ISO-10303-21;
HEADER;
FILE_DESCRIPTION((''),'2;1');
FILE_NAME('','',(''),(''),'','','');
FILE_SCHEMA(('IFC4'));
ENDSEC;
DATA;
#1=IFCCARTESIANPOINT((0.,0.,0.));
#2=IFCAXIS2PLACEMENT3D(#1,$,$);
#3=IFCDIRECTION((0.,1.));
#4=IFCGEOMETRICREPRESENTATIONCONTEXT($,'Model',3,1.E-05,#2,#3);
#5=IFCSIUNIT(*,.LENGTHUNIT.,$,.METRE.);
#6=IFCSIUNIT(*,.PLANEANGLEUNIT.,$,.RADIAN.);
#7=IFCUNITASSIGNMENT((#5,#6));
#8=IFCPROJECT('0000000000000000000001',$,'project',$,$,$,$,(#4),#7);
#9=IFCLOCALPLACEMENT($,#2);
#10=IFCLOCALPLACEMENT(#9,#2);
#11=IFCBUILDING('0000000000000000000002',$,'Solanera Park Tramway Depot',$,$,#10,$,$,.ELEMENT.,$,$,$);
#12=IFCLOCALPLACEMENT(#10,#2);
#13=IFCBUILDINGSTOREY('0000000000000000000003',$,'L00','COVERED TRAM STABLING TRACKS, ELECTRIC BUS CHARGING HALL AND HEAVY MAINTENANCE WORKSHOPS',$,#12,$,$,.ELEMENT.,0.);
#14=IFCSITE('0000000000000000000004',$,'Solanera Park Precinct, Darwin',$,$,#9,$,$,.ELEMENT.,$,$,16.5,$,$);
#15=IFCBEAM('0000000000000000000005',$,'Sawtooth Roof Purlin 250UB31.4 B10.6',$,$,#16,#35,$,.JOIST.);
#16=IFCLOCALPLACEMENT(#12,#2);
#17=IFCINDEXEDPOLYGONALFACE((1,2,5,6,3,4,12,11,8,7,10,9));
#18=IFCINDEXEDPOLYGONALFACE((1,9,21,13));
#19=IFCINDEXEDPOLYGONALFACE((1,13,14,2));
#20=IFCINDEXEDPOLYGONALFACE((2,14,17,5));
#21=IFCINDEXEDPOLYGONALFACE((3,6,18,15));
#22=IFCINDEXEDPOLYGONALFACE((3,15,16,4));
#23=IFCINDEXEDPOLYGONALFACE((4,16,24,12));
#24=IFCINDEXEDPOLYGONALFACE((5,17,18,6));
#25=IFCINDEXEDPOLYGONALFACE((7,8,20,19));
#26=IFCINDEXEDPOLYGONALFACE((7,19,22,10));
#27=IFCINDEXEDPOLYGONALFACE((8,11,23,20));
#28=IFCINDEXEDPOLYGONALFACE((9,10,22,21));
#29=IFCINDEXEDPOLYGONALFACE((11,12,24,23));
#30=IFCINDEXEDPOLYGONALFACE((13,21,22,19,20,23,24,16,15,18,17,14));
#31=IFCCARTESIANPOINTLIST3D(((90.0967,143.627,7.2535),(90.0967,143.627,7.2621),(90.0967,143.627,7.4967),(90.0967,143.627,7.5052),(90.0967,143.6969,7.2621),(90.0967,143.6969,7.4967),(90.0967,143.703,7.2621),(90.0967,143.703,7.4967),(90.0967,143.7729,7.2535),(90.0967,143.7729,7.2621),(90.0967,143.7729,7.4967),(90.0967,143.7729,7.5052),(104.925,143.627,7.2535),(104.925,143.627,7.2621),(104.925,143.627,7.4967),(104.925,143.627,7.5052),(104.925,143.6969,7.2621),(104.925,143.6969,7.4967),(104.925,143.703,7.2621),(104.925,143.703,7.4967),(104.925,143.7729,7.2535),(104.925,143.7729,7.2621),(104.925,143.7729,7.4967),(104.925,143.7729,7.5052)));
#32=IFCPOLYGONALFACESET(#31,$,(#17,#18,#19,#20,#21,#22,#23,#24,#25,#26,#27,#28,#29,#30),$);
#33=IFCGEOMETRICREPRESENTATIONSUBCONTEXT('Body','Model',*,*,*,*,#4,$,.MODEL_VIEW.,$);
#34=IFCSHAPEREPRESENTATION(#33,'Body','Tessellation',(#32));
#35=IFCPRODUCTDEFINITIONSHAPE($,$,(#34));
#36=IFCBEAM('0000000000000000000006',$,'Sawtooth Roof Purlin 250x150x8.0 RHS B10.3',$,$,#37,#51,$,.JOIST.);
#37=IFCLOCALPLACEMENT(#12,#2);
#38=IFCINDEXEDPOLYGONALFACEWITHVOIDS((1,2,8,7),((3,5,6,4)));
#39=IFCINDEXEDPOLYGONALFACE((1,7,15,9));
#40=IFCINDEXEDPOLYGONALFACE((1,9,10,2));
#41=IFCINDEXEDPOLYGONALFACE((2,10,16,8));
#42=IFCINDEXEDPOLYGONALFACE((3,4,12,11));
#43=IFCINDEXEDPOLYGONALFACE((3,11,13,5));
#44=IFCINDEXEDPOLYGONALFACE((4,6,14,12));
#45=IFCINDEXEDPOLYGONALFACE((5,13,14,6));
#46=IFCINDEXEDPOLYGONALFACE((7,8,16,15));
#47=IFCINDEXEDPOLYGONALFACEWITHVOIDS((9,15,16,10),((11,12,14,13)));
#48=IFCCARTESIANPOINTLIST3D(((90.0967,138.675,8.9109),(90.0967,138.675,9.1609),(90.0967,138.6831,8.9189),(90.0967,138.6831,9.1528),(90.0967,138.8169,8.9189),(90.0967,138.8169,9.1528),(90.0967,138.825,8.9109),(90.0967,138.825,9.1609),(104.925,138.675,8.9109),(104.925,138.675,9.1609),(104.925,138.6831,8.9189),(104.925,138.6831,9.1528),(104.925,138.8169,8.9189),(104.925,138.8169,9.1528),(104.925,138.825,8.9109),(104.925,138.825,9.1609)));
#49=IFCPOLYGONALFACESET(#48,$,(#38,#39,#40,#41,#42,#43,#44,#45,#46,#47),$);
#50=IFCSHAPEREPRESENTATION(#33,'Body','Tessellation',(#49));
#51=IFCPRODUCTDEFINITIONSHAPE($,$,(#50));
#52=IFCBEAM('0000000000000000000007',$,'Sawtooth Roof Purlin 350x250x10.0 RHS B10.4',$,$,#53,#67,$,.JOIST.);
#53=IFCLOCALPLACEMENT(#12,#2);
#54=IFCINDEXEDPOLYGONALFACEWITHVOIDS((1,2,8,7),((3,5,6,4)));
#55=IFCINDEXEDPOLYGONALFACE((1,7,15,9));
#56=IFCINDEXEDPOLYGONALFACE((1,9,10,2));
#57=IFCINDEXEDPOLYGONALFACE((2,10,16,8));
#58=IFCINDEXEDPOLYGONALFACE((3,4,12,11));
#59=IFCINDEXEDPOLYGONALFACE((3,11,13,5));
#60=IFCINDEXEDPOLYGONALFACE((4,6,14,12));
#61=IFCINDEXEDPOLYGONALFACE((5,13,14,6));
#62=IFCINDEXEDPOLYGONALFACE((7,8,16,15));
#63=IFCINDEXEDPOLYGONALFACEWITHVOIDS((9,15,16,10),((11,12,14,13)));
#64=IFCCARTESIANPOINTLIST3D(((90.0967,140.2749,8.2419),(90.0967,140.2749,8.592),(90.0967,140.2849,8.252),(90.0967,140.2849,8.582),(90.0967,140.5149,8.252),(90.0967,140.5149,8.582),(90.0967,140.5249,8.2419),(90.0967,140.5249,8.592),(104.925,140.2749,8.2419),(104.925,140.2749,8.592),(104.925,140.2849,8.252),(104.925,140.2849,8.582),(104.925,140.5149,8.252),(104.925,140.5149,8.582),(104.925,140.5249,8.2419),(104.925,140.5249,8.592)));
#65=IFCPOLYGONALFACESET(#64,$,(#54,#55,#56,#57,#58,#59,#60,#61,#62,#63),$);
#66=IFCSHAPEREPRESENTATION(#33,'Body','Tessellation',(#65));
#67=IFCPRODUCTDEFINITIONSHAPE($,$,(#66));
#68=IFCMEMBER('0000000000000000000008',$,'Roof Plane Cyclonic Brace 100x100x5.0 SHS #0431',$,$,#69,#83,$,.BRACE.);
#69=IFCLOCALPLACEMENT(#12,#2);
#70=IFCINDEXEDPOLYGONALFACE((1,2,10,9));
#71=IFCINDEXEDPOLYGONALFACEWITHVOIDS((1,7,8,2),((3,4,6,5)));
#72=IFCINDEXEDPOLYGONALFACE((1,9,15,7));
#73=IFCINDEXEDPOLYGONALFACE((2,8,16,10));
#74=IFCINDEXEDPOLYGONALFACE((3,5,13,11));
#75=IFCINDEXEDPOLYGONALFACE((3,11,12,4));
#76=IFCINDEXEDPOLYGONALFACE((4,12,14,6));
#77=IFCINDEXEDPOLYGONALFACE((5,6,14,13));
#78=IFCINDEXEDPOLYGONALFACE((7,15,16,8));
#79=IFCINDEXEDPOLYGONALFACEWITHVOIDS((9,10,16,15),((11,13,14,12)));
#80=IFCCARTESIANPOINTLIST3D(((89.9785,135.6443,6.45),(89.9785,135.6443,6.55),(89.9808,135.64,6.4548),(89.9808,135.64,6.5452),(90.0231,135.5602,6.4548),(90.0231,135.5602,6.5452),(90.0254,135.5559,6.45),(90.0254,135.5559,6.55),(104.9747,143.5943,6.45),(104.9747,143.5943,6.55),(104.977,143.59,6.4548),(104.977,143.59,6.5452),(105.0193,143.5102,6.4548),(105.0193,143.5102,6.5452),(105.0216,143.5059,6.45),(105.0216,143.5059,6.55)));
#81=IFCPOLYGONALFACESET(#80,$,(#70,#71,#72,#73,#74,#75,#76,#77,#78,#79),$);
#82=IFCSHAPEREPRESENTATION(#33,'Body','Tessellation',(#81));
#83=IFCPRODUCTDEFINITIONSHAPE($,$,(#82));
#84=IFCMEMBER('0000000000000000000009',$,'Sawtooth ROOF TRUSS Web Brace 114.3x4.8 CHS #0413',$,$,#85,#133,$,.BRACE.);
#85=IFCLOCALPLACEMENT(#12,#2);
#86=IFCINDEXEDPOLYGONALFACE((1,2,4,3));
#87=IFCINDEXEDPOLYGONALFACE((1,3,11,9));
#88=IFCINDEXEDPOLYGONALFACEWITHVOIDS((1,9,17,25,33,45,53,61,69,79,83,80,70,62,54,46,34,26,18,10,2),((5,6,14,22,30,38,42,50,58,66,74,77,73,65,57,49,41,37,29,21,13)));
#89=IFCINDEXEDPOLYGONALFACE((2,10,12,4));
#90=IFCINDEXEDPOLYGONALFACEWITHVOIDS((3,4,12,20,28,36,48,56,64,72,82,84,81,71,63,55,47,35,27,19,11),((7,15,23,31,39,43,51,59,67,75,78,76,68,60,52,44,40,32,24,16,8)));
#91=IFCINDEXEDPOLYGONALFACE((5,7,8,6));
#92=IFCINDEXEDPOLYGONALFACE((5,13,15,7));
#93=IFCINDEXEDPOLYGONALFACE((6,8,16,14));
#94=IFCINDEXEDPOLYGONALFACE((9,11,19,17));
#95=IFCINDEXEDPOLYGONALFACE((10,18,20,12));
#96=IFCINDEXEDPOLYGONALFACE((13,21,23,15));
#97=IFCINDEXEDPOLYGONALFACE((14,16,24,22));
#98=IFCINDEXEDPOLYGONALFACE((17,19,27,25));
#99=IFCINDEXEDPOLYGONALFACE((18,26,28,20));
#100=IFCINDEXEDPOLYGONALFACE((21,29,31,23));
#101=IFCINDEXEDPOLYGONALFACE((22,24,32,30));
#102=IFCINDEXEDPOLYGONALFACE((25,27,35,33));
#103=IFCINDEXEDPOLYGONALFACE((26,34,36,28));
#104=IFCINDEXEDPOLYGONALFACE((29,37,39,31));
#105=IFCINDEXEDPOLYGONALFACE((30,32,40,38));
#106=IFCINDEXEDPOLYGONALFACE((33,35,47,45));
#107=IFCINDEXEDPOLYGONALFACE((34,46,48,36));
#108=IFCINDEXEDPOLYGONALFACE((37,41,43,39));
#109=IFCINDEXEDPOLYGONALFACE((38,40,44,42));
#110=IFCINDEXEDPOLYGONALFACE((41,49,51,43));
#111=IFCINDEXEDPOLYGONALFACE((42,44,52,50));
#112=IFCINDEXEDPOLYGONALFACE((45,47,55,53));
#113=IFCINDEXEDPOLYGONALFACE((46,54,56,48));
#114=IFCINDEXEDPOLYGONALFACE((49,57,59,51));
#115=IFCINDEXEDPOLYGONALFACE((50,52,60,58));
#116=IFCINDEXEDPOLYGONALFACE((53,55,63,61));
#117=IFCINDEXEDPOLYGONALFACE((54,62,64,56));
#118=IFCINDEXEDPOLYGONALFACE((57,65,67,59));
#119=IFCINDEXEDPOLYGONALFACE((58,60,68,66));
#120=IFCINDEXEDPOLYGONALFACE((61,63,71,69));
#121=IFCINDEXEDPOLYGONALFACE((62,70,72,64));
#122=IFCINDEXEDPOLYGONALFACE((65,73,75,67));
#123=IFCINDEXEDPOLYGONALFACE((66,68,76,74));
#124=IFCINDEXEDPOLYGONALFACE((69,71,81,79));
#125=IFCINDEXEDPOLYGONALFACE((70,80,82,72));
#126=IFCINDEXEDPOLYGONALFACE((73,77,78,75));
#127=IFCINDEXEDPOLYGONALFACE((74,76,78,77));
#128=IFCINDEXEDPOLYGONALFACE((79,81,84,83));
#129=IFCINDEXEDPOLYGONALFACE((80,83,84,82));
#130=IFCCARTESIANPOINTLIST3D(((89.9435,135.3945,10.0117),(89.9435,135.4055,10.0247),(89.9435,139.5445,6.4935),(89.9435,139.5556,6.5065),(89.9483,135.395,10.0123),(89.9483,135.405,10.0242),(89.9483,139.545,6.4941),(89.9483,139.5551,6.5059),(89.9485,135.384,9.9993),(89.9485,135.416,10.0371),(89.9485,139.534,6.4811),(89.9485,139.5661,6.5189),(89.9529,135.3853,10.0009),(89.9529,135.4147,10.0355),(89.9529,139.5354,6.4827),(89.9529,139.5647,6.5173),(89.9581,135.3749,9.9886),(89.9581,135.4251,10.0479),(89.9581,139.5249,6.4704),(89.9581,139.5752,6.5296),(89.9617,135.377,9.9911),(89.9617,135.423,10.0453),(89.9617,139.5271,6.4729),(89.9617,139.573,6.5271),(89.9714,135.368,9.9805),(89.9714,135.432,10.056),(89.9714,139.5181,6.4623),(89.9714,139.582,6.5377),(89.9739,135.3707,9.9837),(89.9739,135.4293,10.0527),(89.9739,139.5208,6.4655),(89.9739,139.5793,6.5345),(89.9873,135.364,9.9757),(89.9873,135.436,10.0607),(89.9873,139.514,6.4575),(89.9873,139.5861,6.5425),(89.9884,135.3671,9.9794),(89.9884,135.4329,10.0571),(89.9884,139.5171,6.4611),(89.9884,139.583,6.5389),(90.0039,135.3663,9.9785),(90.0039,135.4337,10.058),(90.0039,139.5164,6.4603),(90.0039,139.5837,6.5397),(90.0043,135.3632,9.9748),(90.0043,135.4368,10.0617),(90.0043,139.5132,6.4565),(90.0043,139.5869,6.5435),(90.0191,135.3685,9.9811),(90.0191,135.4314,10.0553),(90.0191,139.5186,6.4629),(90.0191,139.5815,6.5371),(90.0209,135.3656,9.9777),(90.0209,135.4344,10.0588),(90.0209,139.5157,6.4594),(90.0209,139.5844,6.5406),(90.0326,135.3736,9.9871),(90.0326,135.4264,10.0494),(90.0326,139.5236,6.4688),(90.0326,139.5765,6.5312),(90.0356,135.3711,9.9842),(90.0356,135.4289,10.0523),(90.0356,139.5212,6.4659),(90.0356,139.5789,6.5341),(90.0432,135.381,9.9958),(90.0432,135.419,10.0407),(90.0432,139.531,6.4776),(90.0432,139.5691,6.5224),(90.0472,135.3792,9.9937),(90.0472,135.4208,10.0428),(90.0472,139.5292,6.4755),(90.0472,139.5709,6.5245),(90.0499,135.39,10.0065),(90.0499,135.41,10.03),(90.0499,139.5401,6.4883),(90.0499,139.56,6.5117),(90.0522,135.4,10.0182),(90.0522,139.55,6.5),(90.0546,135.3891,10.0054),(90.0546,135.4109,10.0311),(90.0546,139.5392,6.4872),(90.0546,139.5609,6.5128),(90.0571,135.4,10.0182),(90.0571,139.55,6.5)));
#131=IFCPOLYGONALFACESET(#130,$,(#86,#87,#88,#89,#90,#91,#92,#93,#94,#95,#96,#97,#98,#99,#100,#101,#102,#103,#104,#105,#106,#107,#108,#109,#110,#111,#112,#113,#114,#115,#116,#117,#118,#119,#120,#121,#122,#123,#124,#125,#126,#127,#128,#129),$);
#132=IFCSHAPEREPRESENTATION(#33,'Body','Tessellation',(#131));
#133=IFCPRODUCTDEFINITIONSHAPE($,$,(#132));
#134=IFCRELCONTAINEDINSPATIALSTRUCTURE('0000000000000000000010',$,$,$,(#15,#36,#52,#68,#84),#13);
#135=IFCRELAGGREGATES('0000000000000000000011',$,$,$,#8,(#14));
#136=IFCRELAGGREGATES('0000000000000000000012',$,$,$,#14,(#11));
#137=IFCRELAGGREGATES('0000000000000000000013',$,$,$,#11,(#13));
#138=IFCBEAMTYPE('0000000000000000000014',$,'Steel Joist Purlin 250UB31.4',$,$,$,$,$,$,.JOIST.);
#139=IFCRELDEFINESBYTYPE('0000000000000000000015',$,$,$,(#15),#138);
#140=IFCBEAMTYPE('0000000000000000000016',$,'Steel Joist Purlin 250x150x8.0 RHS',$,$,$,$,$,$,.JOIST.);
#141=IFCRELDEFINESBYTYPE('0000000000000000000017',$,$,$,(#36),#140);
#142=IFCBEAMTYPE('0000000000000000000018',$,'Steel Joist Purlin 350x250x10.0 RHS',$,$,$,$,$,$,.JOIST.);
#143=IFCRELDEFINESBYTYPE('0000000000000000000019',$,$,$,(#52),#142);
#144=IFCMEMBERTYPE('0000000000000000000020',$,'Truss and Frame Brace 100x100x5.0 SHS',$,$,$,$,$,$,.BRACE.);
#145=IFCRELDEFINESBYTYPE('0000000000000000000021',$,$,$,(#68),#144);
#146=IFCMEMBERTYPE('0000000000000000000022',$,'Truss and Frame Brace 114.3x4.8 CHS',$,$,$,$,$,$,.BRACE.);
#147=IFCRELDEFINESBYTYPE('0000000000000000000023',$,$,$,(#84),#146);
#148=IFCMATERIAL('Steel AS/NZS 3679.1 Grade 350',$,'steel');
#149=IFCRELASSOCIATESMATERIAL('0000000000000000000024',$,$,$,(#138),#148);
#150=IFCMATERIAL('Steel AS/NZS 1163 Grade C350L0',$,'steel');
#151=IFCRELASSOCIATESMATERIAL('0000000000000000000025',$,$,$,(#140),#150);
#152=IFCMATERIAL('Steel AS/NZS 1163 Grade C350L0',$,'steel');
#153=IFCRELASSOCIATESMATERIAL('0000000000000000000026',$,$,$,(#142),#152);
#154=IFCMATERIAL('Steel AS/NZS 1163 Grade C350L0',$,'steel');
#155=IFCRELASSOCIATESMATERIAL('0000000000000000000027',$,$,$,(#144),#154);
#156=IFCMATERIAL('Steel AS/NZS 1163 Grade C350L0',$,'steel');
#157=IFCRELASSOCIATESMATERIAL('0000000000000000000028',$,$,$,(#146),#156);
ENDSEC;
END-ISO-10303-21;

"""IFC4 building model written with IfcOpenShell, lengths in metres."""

from ifc_helpers import new_model, si_unit, direction, frame, origin, origin_2d, place, context, subcontext, project, spatial, hollow_rectangle, hollow_circle, i_section, extrude, material, material_profile, profile_set, type_object, element, save


model = new_model("IFC4")

# Units and contexts
model_context = context("Model", 3, precision=1e-05, world=origin(), true_north=direction((0.0, 1.0)))
body_context = subcontext(model_context, "Body", "Model", "MODEL_VIEW")
ifc_project = project(units=[si_unit("LENGTHUNIT", "METRE"), si_unit("PLANEANGLEUNIT", "RADIAN")], contexts=[model_context])

# Site, building, storey
site_placement = place(None, origin())
site = spatial("IfcSite", under=ifc_project, at=site_placement, Name="Solanera Park Precinct, Darwin", CompositionType="ELEMENT", RefElevation=16.5)
building_placement = place(site_placement, origin())
building = spatial("IfcBuilding", under=site, at=building_placement, Name="Solanera Park Tramway Depot", CompositionType="ELEMENT")
storey_placement = place(building_placement, origin())
storey = spatial("IfcBuildingStorey", under=building, at=storey_placement, Name="L00", Description="COVERED TRAM STABLING TRACKS, ELECTRIC BUS CHARGING HALL AND HEAVY MAINTENANCE WORKSHOPS", CompositionType="ELEMENT", Elevation=0.0)

# Beams
ifc_material_1 = material(Name="Steel AS/NZS 3679.1 Grade 350", Category="steel")
ifc_material_profile_1 = material_profile(ifc_material_1, i_section(OverallWidth=0.146, OverallDepth=0.2517, WebThickness=0.0061, FlangeThickness=0.0085, at=origin_2d()), Name="250UB31.4")
ifc_profile_set_1 = profile_set([ifc_material_profile_1], Name="Steel AS/NZS 3679.1 Grade 350")
beam_type_1 = type_object("IfcBeamType", Name="Steel Joist Purlin 250UB31.4", PredefinedType="JOIST", material=ifc_profile_set_1)
beam_1_placement = place(storey_placement, frame((90.0967, 143.7, 7.3794), z_axis=(1.0, 0.0, 0.0), x_axis=(0.0, 1.0, 0.0)))
element("IfcBeam", 1, at=beam_1_placement, inside=storey, type_object=beam_type_1, Name="Sawtooth Roof Purlin 250UB31.4 B10.6", PredefinedType="JOIST", context=body_context, shape_type="SweptSolid", body=[
    extrude(i_section(OverallWidth=0.146, OverallDepth=0.2517, WebThickness=0.0061, FlangeThickness=0.0085, at=origin_2d()), origin(), (0.0, 0.0, 1.0), 14.8284),
])
ifc_material_2 = material(Name="Steel AS/NZS 1163 Grade C350L0", Category="steel")
ifc_material_profile_2 = material_profile(ifc_material_2, hollow_rectangle(XDim=0.1499, YDim=0.25, WallThickness=0.0081, at=origin_2d()), Name="250x150x8.0 RHS")
ifc_profile_set_2 = profile_set([ifc_material_profile_2], Name="Steel AS/NZS 1163 Grade C350L0")
beam_type_2 = type_object("IfcBeamType", Name="Steel Joist Purlin 250x150x8.0 RHS", PredefinedType="JOIST", material=ifc_profile_set_2)
beam_2_placement = place(storey_placement, frame((90.0967, 138.75, 9.0359), z_axis=(1.0, 0.0, 0.0), x_axis=(0.0, 1.0, 0.0)))
element("IfcBeam", 2, at=beam_2_placement, inside=storey, type_object=beam_type_2, Name="Sawtooth Roof Purlin 250x150x8.0 RHS B10.3", PredefinedType="JOIST", context=body_context, shape_type="SweptSolid", body=[
    extrude(hollow_rectangle(XDim=0.1499, YDim=0.25, WallThickness=0.0081, at=origin_2d()), origin(), (0.0, 0.0, 1.0), 14.8284),
])
ifc_material_3 = material(Name="Steel AS/NZS 1163 Grade C350L0", Category="steel")
ifc_material_profile_3 = material_profile(ifc_material_3, hollow_rectangle(XDim=0.25, YDim=0.3501, WallThickness=0.01, at=origin_2d()), Name="350x250x10.0 RHS")
ifc_profile_set_3 = profile_set([ifc_material_profile_3], Name="Steel AS/NZS 1163 Grade C350L0")
beam_type_3 = type_object("IfcBeamType", Name="Steel Joist Purlin 350x250x10.0 RHS", PredefinedType="JOIST", material=ifc_profile_set_3)
beam_3_placement = place(storey_placement, frame((90.0967, 140.3999, 8.417), z_axis=(1.0, 0.0, 0.0), x_axis=(0.0, 1.0, 0.0)))
element("IfcBeam", 3, at=beam_3_placement, inside=storey, type_object=beam_type_3, Name="Sawtooth Roof Purlin 350x250x10.0 RHS B10.4", PredefinedType="JOIST", context=body_context, shape_type="SweptSolid", body=[
    extrude(hollow_rectangle(XDim=0.25, YDim=0.3501, WallThickness=0.01, at=origin_2d()), origin(), (0.0, 0.0, 1.0), 14.8284),
])

# Members
ifc_material_4 = material(Name="Steel AS/NZS 1163 Grade C350L0", Category="steel")
ifc_material_profile_4 = material_profile(ifc_material_4, hollow_rectangle(XDim=0.1001, YDim=0.1001, WallThickness=0.0049, at=origin_2d()), Name="100x100x5.0 SHS")
ifc_profile_set_4 = profile_set([ifc_material_profile_4], Name="Steel AS/NZS 1163 Grade C350L0")
member_type_1 = type_object("IfcMemberType", Name="Truss and Frame Brace 100x100x5.0 SHS", PredefinedType="BRACE", material=ifc_profile_set_4)
member_1_placement = place(storey_placement, frame((90.002, 135.6001, 6.5), z_axis=(0.883524, 0.468387, 0.0), x_axis=(-0.468387, 0.883524, 0.0)))
element("IfcMember", 4, at=member_1_placement, inside=storey, type_object=member_type_1, Name="Roof Plane Cyclonic Brace 100x100x5.0 SHS #0431", PredefinedType="BRACE", context=body_context, shape_type="SweptSolid", body=[
    extrude(hollow_rectangle(XDim=0.1001, YDim=0.1001, WallThickness=0.0049, at=origin_2d()), origin(), (0.0, 0.0, 1.0), 16.9731),
])
ifc_material_5 = material(Name="Steel AS/NZS 1163 Grade C350L0", Category="steel")
ifc_material_profile_5 = material_profile(ifc_material_5, hollow_circle(Radius=0.0571, WallThickness=0.0049, at=origin_2d()), Name="114.3x4.8 CHS")
ifc_profile_set_5 = profile_set([ifc_material_profile_5], Name="Steel AS/NZS 1163 Grade C350L0")
member_type_2 = type_object("IfcMemberType", Name="Truss and Frame Brace 114.3x4.8 CHS", PredefinedType="BRACE", material=ifc_profile_set_5)
member_2_placement = place(storey_placement, frame((90.0, 139.55, 6.5), z_axis=(0.0, -0.762783, 0.646654), x_axis=(1.0, 0.0, 0.0)))
element("IfcMember", 5, at=member_2_placement, inside=storey, type_object=member_type_2, Name="Sawtooth ROOF TRUSS Web Brace 114.3x4.8 CHS #0413", PredefinedType="BRACE", context=body_context, shape_type="SweptSolid", body=[
    extrude(hollow_circle(Radius=0.0571, WallThickness=0.0049, at=origin_2d()), origin(), (0.0, 0.0, 1.0), 5.4407),
])

save(model, "model.ifc")
